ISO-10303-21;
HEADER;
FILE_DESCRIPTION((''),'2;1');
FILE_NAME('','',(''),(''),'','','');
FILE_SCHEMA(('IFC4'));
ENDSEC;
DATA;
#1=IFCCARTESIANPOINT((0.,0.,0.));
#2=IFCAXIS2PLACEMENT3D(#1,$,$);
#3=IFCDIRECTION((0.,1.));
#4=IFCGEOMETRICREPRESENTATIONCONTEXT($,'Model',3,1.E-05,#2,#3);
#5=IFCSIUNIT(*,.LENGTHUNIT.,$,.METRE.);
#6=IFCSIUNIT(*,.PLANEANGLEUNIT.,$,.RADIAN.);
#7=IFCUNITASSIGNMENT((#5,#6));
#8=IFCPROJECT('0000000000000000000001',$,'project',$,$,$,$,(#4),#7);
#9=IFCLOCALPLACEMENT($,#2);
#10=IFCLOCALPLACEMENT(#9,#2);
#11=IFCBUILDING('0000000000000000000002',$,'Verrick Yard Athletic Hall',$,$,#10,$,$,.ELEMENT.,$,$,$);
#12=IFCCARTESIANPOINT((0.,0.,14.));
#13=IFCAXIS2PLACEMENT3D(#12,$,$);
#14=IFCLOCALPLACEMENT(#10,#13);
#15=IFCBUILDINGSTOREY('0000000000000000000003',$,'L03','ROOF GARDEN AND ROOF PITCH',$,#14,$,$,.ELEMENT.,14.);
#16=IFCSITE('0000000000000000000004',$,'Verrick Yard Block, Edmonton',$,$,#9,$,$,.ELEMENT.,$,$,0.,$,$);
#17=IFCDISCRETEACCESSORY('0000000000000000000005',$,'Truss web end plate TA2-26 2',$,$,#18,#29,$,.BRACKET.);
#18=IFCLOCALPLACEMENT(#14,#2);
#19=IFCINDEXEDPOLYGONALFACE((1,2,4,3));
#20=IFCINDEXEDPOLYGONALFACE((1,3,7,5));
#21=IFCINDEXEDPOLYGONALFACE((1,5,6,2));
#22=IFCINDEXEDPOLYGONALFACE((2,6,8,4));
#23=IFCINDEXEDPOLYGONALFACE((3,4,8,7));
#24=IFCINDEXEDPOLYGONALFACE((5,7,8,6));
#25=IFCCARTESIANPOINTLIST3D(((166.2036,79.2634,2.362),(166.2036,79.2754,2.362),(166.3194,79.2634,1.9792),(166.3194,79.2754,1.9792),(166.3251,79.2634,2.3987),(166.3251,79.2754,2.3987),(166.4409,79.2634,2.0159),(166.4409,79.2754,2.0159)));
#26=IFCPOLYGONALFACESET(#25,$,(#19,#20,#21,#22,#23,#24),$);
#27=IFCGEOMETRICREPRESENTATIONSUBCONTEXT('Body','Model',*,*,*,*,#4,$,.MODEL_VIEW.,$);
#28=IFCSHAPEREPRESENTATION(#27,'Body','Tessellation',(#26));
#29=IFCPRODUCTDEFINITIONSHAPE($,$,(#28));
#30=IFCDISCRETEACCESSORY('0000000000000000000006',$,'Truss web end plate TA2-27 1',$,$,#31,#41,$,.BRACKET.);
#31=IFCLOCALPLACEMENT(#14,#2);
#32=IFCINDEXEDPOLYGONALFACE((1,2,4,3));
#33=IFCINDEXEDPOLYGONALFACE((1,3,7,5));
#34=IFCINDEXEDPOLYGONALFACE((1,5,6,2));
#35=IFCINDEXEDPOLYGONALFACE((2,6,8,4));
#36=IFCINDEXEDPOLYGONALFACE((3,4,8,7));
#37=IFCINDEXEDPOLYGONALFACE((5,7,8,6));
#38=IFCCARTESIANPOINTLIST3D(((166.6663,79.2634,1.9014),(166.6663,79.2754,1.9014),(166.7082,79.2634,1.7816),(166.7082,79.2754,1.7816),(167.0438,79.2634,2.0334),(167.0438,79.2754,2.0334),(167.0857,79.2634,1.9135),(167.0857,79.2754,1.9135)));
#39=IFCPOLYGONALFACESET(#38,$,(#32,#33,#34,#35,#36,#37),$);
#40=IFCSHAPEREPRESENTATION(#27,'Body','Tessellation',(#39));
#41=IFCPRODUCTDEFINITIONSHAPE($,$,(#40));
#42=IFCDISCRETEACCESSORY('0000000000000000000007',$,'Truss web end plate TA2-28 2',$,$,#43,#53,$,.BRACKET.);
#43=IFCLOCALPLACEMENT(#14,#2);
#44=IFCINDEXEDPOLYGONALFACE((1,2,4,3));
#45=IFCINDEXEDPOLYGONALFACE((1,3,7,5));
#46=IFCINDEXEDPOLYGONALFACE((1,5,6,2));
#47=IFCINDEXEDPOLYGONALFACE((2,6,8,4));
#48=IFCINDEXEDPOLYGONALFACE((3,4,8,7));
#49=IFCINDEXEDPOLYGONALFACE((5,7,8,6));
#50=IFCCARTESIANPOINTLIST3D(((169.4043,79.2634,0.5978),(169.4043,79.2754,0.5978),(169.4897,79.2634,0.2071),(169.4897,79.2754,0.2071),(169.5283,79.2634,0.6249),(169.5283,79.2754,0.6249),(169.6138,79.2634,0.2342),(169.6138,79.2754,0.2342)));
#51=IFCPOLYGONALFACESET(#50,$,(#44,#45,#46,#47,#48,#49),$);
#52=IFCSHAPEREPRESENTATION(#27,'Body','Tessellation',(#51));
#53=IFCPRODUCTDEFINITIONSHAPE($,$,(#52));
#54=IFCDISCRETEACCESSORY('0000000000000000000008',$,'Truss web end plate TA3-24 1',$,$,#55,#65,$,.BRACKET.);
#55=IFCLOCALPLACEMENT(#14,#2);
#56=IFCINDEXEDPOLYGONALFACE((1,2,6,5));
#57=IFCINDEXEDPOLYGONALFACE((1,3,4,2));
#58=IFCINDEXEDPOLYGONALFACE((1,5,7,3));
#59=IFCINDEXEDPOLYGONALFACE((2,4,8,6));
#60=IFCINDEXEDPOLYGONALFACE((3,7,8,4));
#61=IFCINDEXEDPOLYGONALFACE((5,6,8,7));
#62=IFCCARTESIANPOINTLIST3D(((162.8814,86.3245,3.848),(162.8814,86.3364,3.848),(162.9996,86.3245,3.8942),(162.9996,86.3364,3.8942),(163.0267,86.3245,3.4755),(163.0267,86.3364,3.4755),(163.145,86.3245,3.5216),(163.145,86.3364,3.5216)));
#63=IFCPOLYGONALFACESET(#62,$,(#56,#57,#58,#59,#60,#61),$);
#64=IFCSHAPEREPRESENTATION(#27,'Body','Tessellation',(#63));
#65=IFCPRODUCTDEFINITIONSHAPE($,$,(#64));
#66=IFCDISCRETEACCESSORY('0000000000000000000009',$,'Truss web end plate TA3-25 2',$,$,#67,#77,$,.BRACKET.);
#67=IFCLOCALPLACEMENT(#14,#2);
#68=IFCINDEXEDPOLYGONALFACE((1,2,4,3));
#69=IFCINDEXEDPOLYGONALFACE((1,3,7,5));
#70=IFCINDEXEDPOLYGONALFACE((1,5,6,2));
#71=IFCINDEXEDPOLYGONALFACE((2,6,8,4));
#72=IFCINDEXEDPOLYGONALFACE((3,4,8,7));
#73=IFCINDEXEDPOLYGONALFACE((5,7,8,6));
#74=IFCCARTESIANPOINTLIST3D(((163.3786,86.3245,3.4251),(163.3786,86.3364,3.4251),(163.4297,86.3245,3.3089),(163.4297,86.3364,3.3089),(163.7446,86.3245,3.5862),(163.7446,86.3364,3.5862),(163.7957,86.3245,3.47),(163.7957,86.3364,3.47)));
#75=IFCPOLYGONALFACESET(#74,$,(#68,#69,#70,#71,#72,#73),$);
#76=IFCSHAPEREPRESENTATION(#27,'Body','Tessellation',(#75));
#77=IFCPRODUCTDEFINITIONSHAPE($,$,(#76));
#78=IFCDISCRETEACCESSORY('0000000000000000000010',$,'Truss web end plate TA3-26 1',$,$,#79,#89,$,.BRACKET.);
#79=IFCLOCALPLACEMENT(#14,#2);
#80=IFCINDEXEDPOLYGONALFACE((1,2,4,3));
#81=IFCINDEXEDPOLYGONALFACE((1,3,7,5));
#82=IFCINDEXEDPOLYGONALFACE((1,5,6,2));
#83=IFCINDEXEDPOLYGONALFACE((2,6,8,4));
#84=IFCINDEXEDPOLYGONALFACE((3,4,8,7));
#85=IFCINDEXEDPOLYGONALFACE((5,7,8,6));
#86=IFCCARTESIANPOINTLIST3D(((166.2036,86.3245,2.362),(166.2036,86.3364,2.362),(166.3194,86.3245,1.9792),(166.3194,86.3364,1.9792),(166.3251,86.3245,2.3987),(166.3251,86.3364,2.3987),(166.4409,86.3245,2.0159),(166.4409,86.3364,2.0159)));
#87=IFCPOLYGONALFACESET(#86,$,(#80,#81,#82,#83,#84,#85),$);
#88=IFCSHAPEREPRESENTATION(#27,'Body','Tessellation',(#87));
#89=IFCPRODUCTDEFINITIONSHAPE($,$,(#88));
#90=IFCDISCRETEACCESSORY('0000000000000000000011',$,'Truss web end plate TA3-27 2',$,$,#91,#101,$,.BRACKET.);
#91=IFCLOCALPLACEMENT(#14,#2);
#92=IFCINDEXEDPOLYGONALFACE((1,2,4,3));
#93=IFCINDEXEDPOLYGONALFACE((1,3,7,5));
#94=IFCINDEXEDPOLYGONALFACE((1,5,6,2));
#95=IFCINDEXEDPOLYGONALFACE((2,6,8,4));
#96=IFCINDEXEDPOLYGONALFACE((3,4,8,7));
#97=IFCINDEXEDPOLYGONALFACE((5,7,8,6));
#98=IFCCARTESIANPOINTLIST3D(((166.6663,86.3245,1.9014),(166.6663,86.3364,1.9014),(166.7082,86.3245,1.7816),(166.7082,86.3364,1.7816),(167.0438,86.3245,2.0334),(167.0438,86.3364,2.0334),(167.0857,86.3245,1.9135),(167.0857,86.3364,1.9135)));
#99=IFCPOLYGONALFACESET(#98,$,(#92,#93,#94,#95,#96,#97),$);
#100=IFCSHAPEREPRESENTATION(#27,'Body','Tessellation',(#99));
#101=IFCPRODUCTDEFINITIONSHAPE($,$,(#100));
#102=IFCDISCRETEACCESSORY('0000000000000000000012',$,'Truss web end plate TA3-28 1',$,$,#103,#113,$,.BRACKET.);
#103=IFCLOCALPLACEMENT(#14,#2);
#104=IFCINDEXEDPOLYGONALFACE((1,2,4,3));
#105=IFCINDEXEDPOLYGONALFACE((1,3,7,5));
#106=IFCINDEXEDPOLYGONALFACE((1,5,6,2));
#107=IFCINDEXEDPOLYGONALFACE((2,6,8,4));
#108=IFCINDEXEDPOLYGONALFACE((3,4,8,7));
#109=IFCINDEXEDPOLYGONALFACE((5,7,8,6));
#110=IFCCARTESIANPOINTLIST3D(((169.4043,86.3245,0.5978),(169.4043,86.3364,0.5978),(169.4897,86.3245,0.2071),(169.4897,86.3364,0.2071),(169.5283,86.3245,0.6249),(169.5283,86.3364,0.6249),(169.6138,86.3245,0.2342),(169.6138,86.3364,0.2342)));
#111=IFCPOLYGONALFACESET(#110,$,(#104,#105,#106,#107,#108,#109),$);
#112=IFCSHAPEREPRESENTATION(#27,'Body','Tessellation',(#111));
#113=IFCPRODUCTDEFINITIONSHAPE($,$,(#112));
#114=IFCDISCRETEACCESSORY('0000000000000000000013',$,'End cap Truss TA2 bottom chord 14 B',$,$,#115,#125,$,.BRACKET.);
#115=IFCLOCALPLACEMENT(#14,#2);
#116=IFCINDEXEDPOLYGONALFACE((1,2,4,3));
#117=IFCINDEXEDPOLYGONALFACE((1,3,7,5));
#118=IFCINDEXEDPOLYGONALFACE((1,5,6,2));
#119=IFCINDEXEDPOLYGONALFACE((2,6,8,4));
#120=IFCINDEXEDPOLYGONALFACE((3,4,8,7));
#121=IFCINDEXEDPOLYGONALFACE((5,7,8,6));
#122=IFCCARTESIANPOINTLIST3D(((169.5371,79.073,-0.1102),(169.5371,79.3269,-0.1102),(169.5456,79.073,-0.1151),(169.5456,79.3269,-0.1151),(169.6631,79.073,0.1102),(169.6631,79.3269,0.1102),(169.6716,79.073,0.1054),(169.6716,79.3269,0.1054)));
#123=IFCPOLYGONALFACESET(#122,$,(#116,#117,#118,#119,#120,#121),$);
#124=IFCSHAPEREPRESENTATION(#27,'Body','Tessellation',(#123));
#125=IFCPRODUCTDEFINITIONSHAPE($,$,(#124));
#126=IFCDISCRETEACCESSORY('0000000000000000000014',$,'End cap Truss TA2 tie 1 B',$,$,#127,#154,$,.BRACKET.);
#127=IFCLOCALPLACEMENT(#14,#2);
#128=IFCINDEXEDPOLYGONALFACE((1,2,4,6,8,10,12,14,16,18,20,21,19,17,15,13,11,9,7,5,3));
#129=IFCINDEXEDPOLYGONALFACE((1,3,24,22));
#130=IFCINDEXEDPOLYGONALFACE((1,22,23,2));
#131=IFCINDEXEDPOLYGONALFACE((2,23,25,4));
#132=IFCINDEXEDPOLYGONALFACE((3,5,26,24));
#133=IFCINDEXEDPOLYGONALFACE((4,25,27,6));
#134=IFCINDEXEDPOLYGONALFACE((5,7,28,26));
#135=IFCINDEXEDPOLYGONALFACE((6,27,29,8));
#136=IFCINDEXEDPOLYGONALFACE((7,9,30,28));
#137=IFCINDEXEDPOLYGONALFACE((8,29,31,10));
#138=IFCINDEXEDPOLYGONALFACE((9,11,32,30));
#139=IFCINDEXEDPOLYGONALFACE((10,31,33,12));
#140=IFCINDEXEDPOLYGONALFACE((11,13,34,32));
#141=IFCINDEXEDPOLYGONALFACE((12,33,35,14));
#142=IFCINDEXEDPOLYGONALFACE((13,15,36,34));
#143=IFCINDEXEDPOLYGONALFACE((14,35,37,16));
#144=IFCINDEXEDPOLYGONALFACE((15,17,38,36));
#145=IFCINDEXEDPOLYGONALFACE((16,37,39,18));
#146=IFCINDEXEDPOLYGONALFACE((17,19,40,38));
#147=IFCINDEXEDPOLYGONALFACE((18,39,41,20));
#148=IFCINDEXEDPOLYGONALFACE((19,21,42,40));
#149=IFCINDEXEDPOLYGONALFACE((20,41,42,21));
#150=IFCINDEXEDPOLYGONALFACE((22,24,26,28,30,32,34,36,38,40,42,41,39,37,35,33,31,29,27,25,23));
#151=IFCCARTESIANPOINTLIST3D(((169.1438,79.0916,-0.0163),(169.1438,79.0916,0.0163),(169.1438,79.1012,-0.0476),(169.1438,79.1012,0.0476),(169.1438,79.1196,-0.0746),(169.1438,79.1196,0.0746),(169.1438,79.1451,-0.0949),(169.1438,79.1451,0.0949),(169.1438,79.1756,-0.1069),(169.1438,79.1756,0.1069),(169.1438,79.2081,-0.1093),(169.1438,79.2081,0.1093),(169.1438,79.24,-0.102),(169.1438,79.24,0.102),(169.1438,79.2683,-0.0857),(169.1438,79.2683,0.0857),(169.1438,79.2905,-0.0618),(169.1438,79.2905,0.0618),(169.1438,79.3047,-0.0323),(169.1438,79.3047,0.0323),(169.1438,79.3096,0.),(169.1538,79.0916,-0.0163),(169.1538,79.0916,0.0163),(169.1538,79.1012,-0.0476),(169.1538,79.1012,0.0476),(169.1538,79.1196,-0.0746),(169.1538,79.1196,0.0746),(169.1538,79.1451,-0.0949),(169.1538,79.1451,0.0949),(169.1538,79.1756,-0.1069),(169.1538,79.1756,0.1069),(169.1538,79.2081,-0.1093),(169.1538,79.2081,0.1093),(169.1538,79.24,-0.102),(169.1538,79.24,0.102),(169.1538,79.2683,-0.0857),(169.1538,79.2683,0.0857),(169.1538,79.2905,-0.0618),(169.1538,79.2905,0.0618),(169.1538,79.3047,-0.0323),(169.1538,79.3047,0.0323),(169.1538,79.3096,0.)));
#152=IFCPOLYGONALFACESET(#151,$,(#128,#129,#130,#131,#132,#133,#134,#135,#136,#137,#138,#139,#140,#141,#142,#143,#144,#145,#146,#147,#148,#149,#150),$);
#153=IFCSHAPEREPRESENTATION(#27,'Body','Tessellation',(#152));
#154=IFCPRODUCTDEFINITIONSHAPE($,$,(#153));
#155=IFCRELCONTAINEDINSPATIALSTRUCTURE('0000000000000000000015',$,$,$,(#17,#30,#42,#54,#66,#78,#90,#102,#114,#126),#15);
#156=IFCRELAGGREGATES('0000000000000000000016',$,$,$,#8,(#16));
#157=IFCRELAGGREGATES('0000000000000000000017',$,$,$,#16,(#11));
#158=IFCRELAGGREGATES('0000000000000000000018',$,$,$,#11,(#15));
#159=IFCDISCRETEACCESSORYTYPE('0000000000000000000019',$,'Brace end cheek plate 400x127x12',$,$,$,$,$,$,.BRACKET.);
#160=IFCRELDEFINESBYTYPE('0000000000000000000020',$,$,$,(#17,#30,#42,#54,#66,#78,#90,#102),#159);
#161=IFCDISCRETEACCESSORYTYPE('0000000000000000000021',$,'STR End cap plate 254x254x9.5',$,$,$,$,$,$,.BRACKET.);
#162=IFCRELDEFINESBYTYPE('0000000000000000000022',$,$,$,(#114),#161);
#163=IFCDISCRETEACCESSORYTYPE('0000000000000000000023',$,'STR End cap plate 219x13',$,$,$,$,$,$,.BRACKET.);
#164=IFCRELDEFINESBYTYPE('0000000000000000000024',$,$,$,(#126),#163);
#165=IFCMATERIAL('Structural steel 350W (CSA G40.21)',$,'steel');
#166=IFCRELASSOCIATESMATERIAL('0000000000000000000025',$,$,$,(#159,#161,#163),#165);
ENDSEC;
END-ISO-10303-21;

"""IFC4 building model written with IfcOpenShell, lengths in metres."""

from ifc_helpers import new_model, si_unit, direction, frame, origin, origin_2d, place, context, subcontext, project, spatial, rectangle, circle, extrude, material, material_profile, profile_set, type_object, element, save


model = new_model("IFC4")

# Units and contexts
model_context = context("Model", 3, precision=1e-05, world=origin(), true_north=direction((0.0, 1.0)))
body_context = subcontext(model_context, "Body", "Model", "MODEL_VIEW")
ifc_project = project(units=[si_unit("LENGTHUNIT", "METRE"), si_unit("PLANEANGLEUNIT", "RADIAN")], contexts=[model_context])

# Site, building, storey
site_placement = place(None, origin())
site = spatial("IfcSite", under=ifc_project, at=site_placement, Name="Verrick Yard Block, Edmonton", CompositionType="ELEMENT", RefElevation=0.0)
building_placement = place(site_placement, origin())
building = spatial("IfcBuilding", under=site, at=building_placement, Name="Verrick Yard Athletic Hall", CompositionType="ELEMENT")
storey_placement = place(building_placement, frame((0.0, 0.0, 14.0)))
storey = spatial("IfcBuildingStorey", under=building, at=storey_placement, Name="L03", Description="ROOF GARDEN AND ROOF PITCH", CompositionType="ELEMENT", Elevation=14.0)

# Discrete accessories
ifc_material_1 = material(Name="Structural steel 350W (CSA G40.21)", Category="steel")
ifc_material_profile_1 = material_profile(ifc_material_1, rectangle(XDim=0.3999, YDim=0.127, at=origin_2d()), Name="Brace end cheek plate")
ifc_profile_set_1 = profile_set([ifc_material_profile_1], Name="Structural steel 350W (CSA G40.21)")
discrete_accessory_type_1 = type_object("IfcDiscreteAccessoryType", Name="Brace end cheek plate 400x127x12", PredefinedType="BRACKET", material=ifc_profile_set_1)
for number, where, z_axis, x_axis, name in (
    (1, (166.3223, 79.2634, 2.189), (0.0, 1.0, 0.0), (-0.289473, 0.0, 0.957186), "Truss web end plate TA2-26 2"),
    (2, (166.876, 79.2634, 1.9075), (0.0, 1.0, 0.0), (0.944026, 0.0, 0.329872), "Truss web end plate TA2-27 1"),
    (3, (169.509, 79.2634, 0.416), (0.0, 1.0, 0.0), (-0.213605, 0.0, 0.97692), "Truss web end plate TA2-28 2"),
    (4, (163.0132, 86.3364, 3.6848), (0.0, -1.0, 0.0), (-0.363563, 0.0, 0.93157), "Truss web end plate TA3-24 1"),
    (5, (163.5872, 86.3364, 3.4475), (0.0, -1.0, 0.0), (0.915285, 0.0, 0.402806), "Truss web end plate TA3-25 2"),
    (6, (166.3223, 86.3364, 2.189), (0.0, -1.0, 0.0), (-0.289473, 0.0, 0.957186), "Truss web end plate TA3-26 1"),
    (7, (166.876, 86.3364, 1.9075), (0.0, -1.0, 0.0), (0.944026, 0.0, 0.329872), "Truss web end plate TA3-27 2"),
    (8, (169.509, 86.3364, 0.416), (0.0, -1.0, 0.0), (-0.213605, 0.0, 0.97692), "Truss web end plate TA3-28 1"),
):
    element("IfcDiscreteAccessory", number, at=place(storey_placement, frame(where, z_axis=z_axis, x_axis=x_axis)), inside=storey, type_object=discrete_accessory_type_1, Name=name, PredefinedType="BRACKET", context=body_context, shape_type="SweptSolid", body=[
        extrude(rectangle(XDim=0.3999, YDim=0.127, at=origin_2d()), origin(), (0.0, 0.0, 1.0), 0.012),
    ])
ifc_material_profile_2 = material_profile(ifc_material_1, rectangle(XDim=0.2539, YDim=0.2539, at=origin_2d()), Name="STR End cap plate 254x254x9.5")
ifc_profile_set_2 = profile_set([ifc_material_profile_2], Name="Structural steel 350W (CSA G40.21)")
discrete_accessory_type_2 = type_object("IfcDiscreteAccessoryType", Name="STR End cap plate 254x254x9.5", PredefinedType="BRACKET", material=ifc_profile_set_2)
discrete_accessory_1_placement = place(storey_placement, frame((169.6001, 79.2, 0.0), z_axis=(0.868243, 0.0, -0.496139), x_axis=(0.0, 1.0, 0.0)))
element("IfcDiscreteAccessory", 9, at=discrete_accessory_1_placement, inside=storey, type_object=discrete_accessory_type_2, Name="End cap Truss TA2 bottom chord 14 B", PredefinedType="BRACKET", context=body_context, shape_type="SweptSolid", body=[
    extrude(rectangle(XDim=0.2539, YDim=0.2539, at=origin_2d()), origin(), (0.0, 0.0, 1.0), 0.0098),
])
ifc_material_profile_3 = material_profile(ifc_material_1, circle(Radius=0.1096, at=origin_2d()), Name="STR End cap plate 219x13")
ifc_profile_set_3 = profile_set([ifc_material_profile_3], Name="Structural steel 350W (CSA G40.21)")
discrete_accessory_type_3 = type_object("IfcDiscreteAccessoryType", Name="STR End cap plate 219x13", PredefinedType="BRACKET", material=ifc_profile_set_3)
discrete_accessory_2_placement = place(storey_placement, frame((169.1438, 79.2, 0.0), z_axis=(1.0, 0.0, 0.0), x_axis=(0.0, 1.0, 0.0)))
element("IfcDiscreteAccessory", 10, at=discrete_accessory_2_placement, inside=storey, type_object=discrete_accessory_type_3, Name="End cap Truss TA2 tie 1 B", PredefinedType="BRACKET", context=body_context, shape_type="SweptSolid", body=[
    extrude(circle(Radius=0.1096, at=origin_2d()), origin(), (0.0, 0.0, 1.0), 0.01),
])

save(model, "model.ifc")
